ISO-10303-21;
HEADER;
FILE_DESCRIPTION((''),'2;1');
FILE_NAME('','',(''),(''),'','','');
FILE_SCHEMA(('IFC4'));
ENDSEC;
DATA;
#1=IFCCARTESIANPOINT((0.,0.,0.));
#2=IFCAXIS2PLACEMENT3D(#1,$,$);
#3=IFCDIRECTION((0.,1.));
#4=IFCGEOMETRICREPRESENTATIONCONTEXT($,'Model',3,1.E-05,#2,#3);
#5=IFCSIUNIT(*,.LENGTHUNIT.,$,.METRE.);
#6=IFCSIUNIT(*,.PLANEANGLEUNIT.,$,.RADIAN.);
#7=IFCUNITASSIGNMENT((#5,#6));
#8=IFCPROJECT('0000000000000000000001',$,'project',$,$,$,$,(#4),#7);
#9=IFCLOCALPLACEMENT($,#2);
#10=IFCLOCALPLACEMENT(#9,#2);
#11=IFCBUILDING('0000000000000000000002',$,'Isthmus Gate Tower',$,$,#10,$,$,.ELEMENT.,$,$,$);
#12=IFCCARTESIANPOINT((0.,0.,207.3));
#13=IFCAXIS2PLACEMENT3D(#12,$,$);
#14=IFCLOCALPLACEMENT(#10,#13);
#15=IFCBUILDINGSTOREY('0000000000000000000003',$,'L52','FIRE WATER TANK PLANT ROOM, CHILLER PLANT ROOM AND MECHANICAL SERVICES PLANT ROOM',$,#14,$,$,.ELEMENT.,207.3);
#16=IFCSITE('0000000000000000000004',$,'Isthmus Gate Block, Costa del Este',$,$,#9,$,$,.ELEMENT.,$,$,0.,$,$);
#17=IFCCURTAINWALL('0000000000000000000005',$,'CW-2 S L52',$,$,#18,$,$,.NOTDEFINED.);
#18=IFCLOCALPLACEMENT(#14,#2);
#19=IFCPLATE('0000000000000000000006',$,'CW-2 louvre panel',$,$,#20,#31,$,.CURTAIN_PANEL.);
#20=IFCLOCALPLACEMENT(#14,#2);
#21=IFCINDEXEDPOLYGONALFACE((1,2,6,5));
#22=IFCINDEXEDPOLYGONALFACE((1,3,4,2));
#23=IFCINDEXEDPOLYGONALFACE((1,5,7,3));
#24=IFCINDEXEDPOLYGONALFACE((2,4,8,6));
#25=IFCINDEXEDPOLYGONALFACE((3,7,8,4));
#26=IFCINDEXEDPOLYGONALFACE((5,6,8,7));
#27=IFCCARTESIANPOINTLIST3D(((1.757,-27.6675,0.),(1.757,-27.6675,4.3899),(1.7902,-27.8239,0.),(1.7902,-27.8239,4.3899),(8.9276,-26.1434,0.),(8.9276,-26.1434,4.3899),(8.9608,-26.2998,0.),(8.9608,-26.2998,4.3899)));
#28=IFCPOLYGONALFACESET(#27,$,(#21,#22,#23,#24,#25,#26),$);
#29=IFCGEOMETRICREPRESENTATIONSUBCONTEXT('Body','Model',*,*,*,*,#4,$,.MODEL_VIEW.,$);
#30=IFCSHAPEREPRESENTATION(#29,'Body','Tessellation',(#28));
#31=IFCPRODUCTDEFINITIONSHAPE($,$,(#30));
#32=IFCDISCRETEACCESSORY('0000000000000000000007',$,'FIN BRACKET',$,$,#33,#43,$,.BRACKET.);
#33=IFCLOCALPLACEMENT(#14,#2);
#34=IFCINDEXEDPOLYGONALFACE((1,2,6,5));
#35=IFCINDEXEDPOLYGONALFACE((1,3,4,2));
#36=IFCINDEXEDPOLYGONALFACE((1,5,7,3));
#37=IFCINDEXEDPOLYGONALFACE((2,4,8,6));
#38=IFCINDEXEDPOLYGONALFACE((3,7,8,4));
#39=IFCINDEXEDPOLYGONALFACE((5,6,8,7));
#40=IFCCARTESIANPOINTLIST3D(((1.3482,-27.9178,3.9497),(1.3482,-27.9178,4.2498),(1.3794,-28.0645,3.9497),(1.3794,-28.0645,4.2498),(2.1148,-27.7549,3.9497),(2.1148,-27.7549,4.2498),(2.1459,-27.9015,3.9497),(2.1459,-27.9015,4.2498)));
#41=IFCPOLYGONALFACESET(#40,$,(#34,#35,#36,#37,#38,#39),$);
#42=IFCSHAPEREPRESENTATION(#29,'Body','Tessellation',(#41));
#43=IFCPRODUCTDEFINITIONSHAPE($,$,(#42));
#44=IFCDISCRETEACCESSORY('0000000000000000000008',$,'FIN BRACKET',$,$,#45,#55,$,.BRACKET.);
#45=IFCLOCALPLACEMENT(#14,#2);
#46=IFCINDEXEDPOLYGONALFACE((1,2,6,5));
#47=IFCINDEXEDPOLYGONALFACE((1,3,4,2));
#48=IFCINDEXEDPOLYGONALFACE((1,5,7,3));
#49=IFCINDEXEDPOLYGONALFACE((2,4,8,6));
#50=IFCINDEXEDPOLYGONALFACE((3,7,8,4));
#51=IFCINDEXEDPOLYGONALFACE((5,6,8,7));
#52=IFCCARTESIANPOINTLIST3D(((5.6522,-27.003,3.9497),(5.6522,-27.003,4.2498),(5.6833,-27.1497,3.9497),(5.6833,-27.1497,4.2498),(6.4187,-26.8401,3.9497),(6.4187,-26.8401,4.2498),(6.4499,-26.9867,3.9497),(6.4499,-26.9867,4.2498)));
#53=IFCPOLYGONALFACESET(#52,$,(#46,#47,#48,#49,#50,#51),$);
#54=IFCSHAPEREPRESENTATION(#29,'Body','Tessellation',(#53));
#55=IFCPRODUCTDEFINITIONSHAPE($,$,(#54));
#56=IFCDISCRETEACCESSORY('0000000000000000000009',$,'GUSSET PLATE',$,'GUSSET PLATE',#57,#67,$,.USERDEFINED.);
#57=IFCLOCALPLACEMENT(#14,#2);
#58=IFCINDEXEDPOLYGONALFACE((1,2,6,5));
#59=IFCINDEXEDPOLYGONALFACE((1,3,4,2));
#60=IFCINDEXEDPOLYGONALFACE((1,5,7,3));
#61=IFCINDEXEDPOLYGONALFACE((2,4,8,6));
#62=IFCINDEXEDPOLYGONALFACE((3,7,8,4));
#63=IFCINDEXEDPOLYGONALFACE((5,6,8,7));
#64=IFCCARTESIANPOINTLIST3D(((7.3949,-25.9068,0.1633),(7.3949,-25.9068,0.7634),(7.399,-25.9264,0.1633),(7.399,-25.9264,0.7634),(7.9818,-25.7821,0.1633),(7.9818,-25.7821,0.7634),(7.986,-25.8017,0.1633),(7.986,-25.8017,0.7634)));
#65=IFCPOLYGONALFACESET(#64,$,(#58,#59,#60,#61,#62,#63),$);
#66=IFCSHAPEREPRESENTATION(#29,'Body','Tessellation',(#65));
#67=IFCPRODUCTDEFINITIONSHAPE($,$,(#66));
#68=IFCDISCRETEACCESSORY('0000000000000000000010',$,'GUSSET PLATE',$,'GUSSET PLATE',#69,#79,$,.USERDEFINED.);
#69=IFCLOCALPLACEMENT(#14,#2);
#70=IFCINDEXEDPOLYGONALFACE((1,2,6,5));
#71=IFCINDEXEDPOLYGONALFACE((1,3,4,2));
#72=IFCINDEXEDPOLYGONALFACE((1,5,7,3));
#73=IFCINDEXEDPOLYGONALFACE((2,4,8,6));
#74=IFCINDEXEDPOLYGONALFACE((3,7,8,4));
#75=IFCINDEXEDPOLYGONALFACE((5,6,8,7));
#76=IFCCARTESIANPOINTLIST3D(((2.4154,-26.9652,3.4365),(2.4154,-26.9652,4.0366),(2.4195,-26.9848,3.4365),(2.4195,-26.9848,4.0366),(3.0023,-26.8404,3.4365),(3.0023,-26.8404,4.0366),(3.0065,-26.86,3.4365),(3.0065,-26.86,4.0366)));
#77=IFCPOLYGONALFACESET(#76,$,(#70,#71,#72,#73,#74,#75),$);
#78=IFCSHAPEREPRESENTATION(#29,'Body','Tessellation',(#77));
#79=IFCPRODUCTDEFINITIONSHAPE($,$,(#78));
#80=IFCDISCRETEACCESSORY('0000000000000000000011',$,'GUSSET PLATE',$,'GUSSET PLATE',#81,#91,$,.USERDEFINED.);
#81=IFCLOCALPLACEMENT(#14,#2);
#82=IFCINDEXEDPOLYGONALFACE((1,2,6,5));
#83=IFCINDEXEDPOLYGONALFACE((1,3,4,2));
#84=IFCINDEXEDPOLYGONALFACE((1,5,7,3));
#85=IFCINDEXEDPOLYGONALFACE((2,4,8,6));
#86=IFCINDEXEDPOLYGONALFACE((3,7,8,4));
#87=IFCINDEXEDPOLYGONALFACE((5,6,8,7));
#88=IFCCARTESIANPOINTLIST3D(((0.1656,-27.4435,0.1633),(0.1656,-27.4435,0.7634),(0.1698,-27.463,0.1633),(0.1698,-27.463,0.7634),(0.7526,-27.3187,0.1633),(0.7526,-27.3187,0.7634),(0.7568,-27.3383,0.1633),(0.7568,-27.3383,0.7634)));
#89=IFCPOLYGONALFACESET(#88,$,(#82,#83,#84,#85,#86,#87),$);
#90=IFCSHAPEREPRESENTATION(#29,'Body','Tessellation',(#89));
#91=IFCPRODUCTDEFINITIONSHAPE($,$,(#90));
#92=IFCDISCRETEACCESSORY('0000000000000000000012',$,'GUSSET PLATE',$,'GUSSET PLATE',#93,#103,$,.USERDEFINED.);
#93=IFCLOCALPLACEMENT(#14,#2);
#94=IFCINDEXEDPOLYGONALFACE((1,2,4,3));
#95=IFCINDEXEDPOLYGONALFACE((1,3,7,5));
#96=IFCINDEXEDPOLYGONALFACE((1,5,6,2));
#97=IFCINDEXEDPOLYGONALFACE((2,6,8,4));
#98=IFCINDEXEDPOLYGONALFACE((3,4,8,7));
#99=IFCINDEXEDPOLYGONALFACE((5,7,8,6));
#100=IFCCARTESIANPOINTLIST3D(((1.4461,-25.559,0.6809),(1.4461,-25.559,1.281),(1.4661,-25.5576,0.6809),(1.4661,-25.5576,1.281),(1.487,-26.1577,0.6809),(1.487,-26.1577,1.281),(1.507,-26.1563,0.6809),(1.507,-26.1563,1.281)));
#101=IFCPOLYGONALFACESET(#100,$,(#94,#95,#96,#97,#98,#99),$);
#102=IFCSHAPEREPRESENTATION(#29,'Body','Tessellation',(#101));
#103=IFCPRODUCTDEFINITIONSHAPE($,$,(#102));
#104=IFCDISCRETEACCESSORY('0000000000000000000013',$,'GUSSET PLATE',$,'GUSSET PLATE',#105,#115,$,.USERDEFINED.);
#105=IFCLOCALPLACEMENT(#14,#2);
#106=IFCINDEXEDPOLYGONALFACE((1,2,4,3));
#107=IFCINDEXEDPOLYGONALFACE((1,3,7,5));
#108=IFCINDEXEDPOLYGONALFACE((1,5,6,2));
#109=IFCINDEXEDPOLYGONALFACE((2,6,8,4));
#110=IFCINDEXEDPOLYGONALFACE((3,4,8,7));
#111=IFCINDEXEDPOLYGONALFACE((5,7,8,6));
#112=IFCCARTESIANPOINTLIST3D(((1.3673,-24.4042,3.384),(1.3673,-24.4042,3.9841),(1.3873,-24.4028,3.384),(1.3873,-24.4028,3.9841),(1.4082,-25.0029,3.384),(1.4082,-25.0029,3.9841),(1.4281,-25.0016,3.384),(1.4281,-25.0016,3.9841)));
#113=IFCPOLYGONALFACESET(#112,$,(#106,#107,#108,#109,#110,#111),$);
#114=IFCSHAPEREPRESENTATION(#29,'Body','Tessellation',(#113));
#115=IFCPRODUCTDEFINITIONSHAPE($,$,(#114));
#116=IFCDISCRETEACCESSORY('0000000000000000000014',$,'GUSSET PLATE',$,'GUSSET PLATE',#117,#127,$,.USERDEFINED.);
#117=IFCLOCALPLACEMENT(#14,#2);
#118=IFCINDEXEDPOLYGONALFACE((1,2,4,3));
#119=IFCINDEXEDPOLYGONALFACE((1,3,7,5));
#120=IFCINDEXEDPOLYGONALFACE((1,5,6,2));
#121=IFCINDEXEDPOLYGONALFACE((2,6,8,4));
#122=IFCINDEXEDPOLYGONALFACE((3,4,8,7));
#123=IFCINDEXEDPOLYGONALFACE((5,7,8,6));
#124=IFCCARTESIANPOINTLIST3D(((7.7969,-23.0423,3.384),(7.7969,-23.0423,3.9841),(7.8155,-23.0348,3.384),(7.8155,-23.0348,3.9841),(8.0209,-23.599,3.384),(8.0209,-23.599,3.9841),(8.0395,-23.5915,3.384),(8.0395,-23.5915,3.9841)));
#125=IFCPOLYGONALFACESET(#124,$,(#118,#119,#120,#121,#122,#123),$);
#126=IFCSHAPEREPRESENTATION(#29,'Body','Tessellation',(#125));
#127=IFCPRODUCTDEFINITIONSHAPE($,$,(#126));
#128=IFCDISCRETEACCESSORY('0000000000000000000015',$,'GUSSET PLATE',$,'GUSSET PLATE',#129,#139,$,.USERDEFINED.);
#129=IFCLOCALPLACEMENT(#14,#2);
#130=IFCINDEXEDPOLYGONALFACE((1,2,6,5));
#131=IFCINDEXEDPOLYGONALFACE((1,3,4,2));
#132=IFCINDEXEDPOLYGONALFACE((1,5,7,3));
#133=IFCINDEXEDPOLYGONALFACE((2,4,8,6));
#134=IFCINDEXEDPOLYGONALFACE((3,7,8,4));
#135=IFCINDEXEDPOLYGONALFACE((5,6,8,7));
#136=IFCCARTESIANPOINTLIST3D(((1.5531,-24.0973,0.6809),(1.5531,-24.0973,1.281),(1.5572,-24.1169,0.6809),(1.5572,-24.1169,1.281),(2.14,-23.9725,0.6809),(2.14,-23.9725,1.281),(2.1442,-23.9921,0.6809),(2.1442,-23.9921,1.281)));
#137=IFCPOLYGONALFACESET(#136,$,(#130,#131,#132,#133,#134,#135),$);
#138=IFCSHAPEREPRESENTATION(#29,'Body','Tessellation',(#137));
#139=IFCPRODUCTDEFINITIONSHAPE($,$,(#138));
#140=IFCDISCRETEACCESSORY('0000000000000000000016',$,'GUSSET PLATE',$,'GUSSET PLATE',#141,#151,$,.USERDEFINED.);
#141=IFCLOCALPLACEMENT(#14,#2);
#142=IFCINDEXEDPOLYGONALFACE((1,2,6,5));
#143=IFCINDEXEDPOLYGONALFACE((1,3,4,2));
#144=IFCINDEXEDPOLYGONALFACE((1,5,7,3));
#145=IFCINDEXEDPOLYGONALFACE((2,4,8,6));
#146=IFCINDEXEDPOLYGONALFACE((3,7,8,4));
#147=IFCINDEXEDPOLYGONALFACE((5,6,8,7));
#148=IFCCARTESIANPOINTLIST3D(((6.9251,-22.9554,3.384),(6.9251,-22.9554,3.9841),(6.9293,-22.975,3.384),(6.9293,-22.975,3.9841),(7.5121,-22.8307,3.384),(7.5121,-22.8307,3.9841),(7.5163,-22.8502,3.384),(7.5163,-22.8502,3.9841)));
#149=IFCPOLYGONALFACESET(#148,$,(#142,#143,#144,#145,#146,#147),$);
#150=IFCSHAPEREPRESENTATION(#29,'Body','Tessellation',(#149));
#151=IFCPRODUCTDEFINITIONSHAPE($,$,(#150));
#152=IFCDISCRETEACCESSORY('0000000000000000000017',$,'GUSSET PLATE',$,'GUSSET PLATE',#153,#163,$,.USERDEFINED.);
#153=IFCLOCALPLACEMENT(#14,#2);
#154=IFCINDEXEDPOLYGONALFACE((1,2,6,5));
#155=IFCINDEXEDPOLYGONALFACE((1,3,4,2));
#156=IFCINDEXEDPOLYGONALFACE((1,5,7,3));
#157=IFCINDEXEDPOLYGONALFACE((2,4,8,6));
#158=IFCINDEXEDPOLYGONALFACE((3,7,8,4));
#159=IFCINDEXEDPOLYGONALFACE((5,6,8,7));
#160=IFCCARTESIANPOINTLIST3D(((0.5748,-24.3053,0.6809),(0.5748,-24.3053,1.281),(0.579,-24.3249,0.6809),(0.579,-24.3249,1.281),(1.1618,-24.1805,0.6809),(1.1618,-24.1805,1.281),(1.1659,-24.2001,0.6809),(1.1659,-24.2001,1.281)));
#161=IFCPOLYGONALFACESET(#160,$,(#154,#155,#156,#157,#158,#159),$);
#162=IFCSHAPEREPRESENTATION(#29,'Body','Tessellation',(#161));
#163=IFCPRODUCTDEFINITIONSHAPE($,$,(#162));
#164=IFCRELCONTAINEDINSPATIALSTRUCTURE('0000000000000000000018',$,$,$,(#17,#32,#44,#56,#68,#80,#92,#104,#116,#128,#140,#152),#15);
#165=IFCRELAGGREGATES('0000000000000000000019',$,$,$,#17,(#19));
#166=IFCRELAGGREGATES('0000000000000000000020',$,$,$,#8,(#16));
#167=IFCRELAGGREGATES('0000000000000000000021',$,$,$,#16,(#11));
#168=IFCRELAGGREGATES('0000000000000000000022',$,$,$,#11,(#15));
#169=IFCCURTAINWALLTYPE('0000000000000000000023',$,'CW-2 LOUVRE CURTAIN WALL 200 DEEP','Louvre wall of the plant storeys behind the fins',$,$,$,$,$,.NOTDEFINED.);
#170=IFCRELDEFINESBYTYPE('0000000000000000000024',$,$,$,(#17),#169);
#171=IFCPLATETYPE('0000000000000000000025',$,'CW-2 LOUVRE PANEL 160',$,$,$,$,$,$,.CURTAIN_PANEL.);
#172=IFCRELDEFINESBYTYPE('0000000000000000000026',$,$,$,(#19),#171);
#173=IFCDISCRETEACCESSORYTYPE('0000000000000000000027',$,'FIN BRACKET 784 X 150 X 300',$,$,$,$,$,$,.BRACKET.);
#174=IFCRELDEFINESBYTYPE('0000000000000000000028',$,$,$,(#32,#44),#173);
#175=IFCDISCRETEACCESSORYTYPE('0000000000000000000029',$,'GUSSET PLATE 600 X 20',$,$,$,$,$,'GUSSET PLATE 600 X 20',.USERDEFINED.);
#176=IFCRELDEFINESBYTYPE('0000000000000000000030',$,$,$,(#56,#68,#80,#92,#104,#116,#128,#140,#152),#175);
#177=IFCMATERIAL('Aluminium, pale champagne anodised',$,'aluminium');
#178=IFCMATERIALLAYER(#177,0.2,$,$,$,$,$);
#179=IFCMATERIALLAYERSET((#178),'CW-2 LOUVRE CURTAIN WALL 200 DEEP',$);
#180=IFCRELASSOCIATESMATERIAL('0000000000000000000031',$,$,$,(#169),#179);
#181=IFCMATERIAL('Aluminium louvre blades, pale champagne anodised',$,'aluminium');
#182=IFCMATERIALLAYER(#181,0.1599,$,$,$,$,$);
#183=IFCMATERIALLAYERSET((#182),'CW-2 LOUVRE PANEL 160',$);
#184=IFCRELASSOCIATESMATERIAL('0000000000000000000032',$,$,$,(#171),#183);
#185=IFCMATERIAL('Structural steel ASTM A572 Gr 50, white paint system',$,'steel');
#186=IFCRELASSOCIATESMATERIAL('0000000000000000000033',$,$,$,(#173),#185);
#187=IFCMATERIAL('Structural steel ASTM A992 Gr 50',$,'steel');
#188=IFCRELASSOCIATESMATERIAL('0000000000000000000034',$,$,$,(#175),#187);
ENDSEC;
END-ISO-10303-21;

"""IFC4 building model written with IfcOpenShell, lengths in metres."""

from ifc_helpers import new_model, si_unit, direction, frame, origin, origin_2d, place, context, subcontext, project, spatial, rectangle, extrude, material, layer, layer_set, type_object, element, aggregate, save


model = new_model("IFC4")

# Units and contexts
model_context = context("Model", 3, precision=1e-05, world=origin(), true_north=direction((0.0, 1.0)))
body_context = subcontext(model_context, "Body", "Model", "MODEL_VIEW")
ifc_project = project(units=[si_unit("LENGTHUNIT", "METRE"), si_unit("PLANEANGLEUNIT", "RADIAN")], contexts=[model_context])

# Site, building, storey
site_placement = place(None, origin())
site = spatial("IfcSite", under=ifc_project, at=site_placement, Name="Isthmus Gate Block, Costa del Este", CompositionType="ELEMENT", RefElevation=0.0)
building_placement = place(site_placement, origin())
building = spatial("IfcBuilding", under=site, at=building_placement, Name="Isthmus Gate Tower", CompositionType="ELEMENT")
storey_placement = place(building_placement, frame((0.0, 0.0, 207.3)))
storey = spatial("IfcBuildingStorey", under=building, at=storey_placement, Name="L52", Description="FIRE WATER TANK PLANT ROOM, CHILLER PLANT ROOM AND MECHANICAL SERVICES PLANT ROOM", CompositionType="ELEMENT", Elevation=207.3)

# Curtain wall
ifc_material_1 = material(Name="Aluminium, pale champagne anodised", Category="aluminium")
ifc_layer_1 = layer(ifc_material_1, 0.2)
ifc_layer_set_1 = layer_set([ifc_layer_1], Name="CW-2 LOUVRE CURTAIN WALL 200 DEEP")
curtain_wall_type = type_object("IfcCurtainWallType", Name="CW-2 LOUVRE CURTAIN WALL 200 DEEP", Description="Louvre wall of the plant storeys behind the fins", PredefinedType="NOTDEFINED", material=ifc_layer_set_1)
curtain_wall_placement = place(storey_placement, origin())
curtain_wall = element("IfcCurtainWall", 1, at=curtain_wall_placement, inside=storey, type_object=curtain_wall_type, Name="CW-2 S L52", PredefinedType="NOTDEFINED")

# Plate
ifc_material_2 = material(Name="Aluminium louvre blades, pale champagne anodised", Category="aluminium")
ifc_layer_2 = layer(ifc_material_2, 0.1599)
ifc_layer_set_2 = layer_set([ifc_layer_2], Name="CW-2 LOUVRE PANEL 160")
plate_type = type_object("IfcPlateType", Name="CW-2 LOUVRE PANEL 160", PredefinedType="CURTAIN_PANEL", material=ifc_layer_set_2)
plate_placement = place(storey_placement, frame((5.3589, -26.9836, 0.0), z_axis=(0.0, 0.0, 1.0), x_axis=(0.978148, 0.207912, 0.0)))
plate = element("IfcPlate", 2, at=plate_placement, type_object=plate_type, Name="CW-2 louvre panel", PredefinedType="CURTAIN_PANEL", context=body_context, shape_type="SweptSolid", body=[
    extrude(rectangle(XDim=7.3308, YDim=0.1599, at=origin_2d()), origin(), (0.0, 0.0, 1.0), 4.3899),
])
aggregate(curtain_wall, [plate])

# Discrete accessories
ifc_material_3 = material(Name="Structural steel ASTM A572 Gr 50, white paint system", Category="steel")
discrete_accessory_type_1 = type_object("IfcDiscreteAccessoryType", Name="FIN BRACKET 784 X 150 X 300", PredefinedType="BRACKET", material=ifc_material_3)
for number, where, z_axis, x_axis, name in (
    (3, (1.7471, -27.9097, 3.9497), (0.0, 0.0, 1.0), (0.207912, -0.978148, 0.0), "FIN BRACKET"),
    (4, (6.051, -26.9949, 3.9497), (0.0, 0.0, 1.0), (0.207912, -0.978148, 0.0), "FIN BRACKET"),
):
    element("IfcDiscreteAccessory", number, at=place(storey_placement, frame(where, z_axis=z_axis, x_axis=x_axis)), inside=storey, type_object=discrete_accessory_type_1, Name=name, PredefinedType="BRACKET", context=body_context, shape_type="SweptSolid", body=[
        extrude(rectangle(XDim=0.1499, YDim=0.7837, at=origin_2d()), origin(), (0.0, 0.0, 1.0), 0.3),
    ])
ifc_material_4 = material(Name="Structural steel ASTM A992 Gr 50", Category="steel")
discrete_accessory_type_2 = type_object("IfcDiscreteAccessoryType", Name="GUSSET PLATE 600 X 20", ElementType="GUSSET PLATE 600 X 20", PredefinedType="USERDEFINED", material=ifc_material_4)
for number, where, z_axis, x_axis, name in (
    (5, (7.6904, -25.8542, 0.1633), (0.0, 0.0, 1.0), (-0.978148, -0.207912, 0.0), "GUSSET PLATE"),
    (6, (2.7109, -26.9126, 3.4365), (0.0, 0.0, 1.0), (-0.978148, -0.207912, 0.0), "GUSSET PLATE"),
    (7, (0.4612, -27.3909, 0.1633), (0.0, 0.0, 1.0), (-0.978148, -0.207912, 0.0), "GUSSET PLATE"),
    (8, (1.4766, -25.8577, 0.6809), (0.0, 0.0, 1.0), (-0.068117, 0.997677, 0.0), "GUSSET PLATE"),
    (9, (1.3977, -24.7029, 3.384), (0.0, 0.0, 1.0), (-0.068117, 0.997677, 0.0), "GUSSET PLATE"),
    (10, (7.9182, -23.3169, 3.384), (0.0, 0.0, 1.0), (-0.373342, 0.927694, 0.0), "GUSSET PLATE"),
    (11, (1.8486, -24.0447, 0.6809), (0.0, 0.0, 1.0), (0.978148, 0.207912, 0.0), "GUSSET PLATE"),
    (12, (7.2207, -22.9028, 3.384), (0.0, 0.0, 1.0), (0.978148, 0.207912, 0.0), "GUSSET PLATE"),
    (13, (0.8704, -24.2527, 0.6809), (0.0, 0.0, 1.0), (-0.978148, -0.207912, 0.0), "GUSSET PLATE"),
):
    element("IfcDiscreteAccessory", number, at=place(storey_placement, frame(where, z_axis=z_axis, x_axis=x_axis)), inside=storey, type_object=discrete_accessory_type_2, Name=name, ObjectType="GUSSET PLATE", PredefinedType="USERDEFINED", context=body_context, shape_type="SweptSolid", body=[
        extrude(rectangle(XDim=0.6001, YDim=0.02, at=origin_2d()), origin(), (0.0, 0.0, 1.0), 0.6001),
    ])

save(model, "model.ifc")
